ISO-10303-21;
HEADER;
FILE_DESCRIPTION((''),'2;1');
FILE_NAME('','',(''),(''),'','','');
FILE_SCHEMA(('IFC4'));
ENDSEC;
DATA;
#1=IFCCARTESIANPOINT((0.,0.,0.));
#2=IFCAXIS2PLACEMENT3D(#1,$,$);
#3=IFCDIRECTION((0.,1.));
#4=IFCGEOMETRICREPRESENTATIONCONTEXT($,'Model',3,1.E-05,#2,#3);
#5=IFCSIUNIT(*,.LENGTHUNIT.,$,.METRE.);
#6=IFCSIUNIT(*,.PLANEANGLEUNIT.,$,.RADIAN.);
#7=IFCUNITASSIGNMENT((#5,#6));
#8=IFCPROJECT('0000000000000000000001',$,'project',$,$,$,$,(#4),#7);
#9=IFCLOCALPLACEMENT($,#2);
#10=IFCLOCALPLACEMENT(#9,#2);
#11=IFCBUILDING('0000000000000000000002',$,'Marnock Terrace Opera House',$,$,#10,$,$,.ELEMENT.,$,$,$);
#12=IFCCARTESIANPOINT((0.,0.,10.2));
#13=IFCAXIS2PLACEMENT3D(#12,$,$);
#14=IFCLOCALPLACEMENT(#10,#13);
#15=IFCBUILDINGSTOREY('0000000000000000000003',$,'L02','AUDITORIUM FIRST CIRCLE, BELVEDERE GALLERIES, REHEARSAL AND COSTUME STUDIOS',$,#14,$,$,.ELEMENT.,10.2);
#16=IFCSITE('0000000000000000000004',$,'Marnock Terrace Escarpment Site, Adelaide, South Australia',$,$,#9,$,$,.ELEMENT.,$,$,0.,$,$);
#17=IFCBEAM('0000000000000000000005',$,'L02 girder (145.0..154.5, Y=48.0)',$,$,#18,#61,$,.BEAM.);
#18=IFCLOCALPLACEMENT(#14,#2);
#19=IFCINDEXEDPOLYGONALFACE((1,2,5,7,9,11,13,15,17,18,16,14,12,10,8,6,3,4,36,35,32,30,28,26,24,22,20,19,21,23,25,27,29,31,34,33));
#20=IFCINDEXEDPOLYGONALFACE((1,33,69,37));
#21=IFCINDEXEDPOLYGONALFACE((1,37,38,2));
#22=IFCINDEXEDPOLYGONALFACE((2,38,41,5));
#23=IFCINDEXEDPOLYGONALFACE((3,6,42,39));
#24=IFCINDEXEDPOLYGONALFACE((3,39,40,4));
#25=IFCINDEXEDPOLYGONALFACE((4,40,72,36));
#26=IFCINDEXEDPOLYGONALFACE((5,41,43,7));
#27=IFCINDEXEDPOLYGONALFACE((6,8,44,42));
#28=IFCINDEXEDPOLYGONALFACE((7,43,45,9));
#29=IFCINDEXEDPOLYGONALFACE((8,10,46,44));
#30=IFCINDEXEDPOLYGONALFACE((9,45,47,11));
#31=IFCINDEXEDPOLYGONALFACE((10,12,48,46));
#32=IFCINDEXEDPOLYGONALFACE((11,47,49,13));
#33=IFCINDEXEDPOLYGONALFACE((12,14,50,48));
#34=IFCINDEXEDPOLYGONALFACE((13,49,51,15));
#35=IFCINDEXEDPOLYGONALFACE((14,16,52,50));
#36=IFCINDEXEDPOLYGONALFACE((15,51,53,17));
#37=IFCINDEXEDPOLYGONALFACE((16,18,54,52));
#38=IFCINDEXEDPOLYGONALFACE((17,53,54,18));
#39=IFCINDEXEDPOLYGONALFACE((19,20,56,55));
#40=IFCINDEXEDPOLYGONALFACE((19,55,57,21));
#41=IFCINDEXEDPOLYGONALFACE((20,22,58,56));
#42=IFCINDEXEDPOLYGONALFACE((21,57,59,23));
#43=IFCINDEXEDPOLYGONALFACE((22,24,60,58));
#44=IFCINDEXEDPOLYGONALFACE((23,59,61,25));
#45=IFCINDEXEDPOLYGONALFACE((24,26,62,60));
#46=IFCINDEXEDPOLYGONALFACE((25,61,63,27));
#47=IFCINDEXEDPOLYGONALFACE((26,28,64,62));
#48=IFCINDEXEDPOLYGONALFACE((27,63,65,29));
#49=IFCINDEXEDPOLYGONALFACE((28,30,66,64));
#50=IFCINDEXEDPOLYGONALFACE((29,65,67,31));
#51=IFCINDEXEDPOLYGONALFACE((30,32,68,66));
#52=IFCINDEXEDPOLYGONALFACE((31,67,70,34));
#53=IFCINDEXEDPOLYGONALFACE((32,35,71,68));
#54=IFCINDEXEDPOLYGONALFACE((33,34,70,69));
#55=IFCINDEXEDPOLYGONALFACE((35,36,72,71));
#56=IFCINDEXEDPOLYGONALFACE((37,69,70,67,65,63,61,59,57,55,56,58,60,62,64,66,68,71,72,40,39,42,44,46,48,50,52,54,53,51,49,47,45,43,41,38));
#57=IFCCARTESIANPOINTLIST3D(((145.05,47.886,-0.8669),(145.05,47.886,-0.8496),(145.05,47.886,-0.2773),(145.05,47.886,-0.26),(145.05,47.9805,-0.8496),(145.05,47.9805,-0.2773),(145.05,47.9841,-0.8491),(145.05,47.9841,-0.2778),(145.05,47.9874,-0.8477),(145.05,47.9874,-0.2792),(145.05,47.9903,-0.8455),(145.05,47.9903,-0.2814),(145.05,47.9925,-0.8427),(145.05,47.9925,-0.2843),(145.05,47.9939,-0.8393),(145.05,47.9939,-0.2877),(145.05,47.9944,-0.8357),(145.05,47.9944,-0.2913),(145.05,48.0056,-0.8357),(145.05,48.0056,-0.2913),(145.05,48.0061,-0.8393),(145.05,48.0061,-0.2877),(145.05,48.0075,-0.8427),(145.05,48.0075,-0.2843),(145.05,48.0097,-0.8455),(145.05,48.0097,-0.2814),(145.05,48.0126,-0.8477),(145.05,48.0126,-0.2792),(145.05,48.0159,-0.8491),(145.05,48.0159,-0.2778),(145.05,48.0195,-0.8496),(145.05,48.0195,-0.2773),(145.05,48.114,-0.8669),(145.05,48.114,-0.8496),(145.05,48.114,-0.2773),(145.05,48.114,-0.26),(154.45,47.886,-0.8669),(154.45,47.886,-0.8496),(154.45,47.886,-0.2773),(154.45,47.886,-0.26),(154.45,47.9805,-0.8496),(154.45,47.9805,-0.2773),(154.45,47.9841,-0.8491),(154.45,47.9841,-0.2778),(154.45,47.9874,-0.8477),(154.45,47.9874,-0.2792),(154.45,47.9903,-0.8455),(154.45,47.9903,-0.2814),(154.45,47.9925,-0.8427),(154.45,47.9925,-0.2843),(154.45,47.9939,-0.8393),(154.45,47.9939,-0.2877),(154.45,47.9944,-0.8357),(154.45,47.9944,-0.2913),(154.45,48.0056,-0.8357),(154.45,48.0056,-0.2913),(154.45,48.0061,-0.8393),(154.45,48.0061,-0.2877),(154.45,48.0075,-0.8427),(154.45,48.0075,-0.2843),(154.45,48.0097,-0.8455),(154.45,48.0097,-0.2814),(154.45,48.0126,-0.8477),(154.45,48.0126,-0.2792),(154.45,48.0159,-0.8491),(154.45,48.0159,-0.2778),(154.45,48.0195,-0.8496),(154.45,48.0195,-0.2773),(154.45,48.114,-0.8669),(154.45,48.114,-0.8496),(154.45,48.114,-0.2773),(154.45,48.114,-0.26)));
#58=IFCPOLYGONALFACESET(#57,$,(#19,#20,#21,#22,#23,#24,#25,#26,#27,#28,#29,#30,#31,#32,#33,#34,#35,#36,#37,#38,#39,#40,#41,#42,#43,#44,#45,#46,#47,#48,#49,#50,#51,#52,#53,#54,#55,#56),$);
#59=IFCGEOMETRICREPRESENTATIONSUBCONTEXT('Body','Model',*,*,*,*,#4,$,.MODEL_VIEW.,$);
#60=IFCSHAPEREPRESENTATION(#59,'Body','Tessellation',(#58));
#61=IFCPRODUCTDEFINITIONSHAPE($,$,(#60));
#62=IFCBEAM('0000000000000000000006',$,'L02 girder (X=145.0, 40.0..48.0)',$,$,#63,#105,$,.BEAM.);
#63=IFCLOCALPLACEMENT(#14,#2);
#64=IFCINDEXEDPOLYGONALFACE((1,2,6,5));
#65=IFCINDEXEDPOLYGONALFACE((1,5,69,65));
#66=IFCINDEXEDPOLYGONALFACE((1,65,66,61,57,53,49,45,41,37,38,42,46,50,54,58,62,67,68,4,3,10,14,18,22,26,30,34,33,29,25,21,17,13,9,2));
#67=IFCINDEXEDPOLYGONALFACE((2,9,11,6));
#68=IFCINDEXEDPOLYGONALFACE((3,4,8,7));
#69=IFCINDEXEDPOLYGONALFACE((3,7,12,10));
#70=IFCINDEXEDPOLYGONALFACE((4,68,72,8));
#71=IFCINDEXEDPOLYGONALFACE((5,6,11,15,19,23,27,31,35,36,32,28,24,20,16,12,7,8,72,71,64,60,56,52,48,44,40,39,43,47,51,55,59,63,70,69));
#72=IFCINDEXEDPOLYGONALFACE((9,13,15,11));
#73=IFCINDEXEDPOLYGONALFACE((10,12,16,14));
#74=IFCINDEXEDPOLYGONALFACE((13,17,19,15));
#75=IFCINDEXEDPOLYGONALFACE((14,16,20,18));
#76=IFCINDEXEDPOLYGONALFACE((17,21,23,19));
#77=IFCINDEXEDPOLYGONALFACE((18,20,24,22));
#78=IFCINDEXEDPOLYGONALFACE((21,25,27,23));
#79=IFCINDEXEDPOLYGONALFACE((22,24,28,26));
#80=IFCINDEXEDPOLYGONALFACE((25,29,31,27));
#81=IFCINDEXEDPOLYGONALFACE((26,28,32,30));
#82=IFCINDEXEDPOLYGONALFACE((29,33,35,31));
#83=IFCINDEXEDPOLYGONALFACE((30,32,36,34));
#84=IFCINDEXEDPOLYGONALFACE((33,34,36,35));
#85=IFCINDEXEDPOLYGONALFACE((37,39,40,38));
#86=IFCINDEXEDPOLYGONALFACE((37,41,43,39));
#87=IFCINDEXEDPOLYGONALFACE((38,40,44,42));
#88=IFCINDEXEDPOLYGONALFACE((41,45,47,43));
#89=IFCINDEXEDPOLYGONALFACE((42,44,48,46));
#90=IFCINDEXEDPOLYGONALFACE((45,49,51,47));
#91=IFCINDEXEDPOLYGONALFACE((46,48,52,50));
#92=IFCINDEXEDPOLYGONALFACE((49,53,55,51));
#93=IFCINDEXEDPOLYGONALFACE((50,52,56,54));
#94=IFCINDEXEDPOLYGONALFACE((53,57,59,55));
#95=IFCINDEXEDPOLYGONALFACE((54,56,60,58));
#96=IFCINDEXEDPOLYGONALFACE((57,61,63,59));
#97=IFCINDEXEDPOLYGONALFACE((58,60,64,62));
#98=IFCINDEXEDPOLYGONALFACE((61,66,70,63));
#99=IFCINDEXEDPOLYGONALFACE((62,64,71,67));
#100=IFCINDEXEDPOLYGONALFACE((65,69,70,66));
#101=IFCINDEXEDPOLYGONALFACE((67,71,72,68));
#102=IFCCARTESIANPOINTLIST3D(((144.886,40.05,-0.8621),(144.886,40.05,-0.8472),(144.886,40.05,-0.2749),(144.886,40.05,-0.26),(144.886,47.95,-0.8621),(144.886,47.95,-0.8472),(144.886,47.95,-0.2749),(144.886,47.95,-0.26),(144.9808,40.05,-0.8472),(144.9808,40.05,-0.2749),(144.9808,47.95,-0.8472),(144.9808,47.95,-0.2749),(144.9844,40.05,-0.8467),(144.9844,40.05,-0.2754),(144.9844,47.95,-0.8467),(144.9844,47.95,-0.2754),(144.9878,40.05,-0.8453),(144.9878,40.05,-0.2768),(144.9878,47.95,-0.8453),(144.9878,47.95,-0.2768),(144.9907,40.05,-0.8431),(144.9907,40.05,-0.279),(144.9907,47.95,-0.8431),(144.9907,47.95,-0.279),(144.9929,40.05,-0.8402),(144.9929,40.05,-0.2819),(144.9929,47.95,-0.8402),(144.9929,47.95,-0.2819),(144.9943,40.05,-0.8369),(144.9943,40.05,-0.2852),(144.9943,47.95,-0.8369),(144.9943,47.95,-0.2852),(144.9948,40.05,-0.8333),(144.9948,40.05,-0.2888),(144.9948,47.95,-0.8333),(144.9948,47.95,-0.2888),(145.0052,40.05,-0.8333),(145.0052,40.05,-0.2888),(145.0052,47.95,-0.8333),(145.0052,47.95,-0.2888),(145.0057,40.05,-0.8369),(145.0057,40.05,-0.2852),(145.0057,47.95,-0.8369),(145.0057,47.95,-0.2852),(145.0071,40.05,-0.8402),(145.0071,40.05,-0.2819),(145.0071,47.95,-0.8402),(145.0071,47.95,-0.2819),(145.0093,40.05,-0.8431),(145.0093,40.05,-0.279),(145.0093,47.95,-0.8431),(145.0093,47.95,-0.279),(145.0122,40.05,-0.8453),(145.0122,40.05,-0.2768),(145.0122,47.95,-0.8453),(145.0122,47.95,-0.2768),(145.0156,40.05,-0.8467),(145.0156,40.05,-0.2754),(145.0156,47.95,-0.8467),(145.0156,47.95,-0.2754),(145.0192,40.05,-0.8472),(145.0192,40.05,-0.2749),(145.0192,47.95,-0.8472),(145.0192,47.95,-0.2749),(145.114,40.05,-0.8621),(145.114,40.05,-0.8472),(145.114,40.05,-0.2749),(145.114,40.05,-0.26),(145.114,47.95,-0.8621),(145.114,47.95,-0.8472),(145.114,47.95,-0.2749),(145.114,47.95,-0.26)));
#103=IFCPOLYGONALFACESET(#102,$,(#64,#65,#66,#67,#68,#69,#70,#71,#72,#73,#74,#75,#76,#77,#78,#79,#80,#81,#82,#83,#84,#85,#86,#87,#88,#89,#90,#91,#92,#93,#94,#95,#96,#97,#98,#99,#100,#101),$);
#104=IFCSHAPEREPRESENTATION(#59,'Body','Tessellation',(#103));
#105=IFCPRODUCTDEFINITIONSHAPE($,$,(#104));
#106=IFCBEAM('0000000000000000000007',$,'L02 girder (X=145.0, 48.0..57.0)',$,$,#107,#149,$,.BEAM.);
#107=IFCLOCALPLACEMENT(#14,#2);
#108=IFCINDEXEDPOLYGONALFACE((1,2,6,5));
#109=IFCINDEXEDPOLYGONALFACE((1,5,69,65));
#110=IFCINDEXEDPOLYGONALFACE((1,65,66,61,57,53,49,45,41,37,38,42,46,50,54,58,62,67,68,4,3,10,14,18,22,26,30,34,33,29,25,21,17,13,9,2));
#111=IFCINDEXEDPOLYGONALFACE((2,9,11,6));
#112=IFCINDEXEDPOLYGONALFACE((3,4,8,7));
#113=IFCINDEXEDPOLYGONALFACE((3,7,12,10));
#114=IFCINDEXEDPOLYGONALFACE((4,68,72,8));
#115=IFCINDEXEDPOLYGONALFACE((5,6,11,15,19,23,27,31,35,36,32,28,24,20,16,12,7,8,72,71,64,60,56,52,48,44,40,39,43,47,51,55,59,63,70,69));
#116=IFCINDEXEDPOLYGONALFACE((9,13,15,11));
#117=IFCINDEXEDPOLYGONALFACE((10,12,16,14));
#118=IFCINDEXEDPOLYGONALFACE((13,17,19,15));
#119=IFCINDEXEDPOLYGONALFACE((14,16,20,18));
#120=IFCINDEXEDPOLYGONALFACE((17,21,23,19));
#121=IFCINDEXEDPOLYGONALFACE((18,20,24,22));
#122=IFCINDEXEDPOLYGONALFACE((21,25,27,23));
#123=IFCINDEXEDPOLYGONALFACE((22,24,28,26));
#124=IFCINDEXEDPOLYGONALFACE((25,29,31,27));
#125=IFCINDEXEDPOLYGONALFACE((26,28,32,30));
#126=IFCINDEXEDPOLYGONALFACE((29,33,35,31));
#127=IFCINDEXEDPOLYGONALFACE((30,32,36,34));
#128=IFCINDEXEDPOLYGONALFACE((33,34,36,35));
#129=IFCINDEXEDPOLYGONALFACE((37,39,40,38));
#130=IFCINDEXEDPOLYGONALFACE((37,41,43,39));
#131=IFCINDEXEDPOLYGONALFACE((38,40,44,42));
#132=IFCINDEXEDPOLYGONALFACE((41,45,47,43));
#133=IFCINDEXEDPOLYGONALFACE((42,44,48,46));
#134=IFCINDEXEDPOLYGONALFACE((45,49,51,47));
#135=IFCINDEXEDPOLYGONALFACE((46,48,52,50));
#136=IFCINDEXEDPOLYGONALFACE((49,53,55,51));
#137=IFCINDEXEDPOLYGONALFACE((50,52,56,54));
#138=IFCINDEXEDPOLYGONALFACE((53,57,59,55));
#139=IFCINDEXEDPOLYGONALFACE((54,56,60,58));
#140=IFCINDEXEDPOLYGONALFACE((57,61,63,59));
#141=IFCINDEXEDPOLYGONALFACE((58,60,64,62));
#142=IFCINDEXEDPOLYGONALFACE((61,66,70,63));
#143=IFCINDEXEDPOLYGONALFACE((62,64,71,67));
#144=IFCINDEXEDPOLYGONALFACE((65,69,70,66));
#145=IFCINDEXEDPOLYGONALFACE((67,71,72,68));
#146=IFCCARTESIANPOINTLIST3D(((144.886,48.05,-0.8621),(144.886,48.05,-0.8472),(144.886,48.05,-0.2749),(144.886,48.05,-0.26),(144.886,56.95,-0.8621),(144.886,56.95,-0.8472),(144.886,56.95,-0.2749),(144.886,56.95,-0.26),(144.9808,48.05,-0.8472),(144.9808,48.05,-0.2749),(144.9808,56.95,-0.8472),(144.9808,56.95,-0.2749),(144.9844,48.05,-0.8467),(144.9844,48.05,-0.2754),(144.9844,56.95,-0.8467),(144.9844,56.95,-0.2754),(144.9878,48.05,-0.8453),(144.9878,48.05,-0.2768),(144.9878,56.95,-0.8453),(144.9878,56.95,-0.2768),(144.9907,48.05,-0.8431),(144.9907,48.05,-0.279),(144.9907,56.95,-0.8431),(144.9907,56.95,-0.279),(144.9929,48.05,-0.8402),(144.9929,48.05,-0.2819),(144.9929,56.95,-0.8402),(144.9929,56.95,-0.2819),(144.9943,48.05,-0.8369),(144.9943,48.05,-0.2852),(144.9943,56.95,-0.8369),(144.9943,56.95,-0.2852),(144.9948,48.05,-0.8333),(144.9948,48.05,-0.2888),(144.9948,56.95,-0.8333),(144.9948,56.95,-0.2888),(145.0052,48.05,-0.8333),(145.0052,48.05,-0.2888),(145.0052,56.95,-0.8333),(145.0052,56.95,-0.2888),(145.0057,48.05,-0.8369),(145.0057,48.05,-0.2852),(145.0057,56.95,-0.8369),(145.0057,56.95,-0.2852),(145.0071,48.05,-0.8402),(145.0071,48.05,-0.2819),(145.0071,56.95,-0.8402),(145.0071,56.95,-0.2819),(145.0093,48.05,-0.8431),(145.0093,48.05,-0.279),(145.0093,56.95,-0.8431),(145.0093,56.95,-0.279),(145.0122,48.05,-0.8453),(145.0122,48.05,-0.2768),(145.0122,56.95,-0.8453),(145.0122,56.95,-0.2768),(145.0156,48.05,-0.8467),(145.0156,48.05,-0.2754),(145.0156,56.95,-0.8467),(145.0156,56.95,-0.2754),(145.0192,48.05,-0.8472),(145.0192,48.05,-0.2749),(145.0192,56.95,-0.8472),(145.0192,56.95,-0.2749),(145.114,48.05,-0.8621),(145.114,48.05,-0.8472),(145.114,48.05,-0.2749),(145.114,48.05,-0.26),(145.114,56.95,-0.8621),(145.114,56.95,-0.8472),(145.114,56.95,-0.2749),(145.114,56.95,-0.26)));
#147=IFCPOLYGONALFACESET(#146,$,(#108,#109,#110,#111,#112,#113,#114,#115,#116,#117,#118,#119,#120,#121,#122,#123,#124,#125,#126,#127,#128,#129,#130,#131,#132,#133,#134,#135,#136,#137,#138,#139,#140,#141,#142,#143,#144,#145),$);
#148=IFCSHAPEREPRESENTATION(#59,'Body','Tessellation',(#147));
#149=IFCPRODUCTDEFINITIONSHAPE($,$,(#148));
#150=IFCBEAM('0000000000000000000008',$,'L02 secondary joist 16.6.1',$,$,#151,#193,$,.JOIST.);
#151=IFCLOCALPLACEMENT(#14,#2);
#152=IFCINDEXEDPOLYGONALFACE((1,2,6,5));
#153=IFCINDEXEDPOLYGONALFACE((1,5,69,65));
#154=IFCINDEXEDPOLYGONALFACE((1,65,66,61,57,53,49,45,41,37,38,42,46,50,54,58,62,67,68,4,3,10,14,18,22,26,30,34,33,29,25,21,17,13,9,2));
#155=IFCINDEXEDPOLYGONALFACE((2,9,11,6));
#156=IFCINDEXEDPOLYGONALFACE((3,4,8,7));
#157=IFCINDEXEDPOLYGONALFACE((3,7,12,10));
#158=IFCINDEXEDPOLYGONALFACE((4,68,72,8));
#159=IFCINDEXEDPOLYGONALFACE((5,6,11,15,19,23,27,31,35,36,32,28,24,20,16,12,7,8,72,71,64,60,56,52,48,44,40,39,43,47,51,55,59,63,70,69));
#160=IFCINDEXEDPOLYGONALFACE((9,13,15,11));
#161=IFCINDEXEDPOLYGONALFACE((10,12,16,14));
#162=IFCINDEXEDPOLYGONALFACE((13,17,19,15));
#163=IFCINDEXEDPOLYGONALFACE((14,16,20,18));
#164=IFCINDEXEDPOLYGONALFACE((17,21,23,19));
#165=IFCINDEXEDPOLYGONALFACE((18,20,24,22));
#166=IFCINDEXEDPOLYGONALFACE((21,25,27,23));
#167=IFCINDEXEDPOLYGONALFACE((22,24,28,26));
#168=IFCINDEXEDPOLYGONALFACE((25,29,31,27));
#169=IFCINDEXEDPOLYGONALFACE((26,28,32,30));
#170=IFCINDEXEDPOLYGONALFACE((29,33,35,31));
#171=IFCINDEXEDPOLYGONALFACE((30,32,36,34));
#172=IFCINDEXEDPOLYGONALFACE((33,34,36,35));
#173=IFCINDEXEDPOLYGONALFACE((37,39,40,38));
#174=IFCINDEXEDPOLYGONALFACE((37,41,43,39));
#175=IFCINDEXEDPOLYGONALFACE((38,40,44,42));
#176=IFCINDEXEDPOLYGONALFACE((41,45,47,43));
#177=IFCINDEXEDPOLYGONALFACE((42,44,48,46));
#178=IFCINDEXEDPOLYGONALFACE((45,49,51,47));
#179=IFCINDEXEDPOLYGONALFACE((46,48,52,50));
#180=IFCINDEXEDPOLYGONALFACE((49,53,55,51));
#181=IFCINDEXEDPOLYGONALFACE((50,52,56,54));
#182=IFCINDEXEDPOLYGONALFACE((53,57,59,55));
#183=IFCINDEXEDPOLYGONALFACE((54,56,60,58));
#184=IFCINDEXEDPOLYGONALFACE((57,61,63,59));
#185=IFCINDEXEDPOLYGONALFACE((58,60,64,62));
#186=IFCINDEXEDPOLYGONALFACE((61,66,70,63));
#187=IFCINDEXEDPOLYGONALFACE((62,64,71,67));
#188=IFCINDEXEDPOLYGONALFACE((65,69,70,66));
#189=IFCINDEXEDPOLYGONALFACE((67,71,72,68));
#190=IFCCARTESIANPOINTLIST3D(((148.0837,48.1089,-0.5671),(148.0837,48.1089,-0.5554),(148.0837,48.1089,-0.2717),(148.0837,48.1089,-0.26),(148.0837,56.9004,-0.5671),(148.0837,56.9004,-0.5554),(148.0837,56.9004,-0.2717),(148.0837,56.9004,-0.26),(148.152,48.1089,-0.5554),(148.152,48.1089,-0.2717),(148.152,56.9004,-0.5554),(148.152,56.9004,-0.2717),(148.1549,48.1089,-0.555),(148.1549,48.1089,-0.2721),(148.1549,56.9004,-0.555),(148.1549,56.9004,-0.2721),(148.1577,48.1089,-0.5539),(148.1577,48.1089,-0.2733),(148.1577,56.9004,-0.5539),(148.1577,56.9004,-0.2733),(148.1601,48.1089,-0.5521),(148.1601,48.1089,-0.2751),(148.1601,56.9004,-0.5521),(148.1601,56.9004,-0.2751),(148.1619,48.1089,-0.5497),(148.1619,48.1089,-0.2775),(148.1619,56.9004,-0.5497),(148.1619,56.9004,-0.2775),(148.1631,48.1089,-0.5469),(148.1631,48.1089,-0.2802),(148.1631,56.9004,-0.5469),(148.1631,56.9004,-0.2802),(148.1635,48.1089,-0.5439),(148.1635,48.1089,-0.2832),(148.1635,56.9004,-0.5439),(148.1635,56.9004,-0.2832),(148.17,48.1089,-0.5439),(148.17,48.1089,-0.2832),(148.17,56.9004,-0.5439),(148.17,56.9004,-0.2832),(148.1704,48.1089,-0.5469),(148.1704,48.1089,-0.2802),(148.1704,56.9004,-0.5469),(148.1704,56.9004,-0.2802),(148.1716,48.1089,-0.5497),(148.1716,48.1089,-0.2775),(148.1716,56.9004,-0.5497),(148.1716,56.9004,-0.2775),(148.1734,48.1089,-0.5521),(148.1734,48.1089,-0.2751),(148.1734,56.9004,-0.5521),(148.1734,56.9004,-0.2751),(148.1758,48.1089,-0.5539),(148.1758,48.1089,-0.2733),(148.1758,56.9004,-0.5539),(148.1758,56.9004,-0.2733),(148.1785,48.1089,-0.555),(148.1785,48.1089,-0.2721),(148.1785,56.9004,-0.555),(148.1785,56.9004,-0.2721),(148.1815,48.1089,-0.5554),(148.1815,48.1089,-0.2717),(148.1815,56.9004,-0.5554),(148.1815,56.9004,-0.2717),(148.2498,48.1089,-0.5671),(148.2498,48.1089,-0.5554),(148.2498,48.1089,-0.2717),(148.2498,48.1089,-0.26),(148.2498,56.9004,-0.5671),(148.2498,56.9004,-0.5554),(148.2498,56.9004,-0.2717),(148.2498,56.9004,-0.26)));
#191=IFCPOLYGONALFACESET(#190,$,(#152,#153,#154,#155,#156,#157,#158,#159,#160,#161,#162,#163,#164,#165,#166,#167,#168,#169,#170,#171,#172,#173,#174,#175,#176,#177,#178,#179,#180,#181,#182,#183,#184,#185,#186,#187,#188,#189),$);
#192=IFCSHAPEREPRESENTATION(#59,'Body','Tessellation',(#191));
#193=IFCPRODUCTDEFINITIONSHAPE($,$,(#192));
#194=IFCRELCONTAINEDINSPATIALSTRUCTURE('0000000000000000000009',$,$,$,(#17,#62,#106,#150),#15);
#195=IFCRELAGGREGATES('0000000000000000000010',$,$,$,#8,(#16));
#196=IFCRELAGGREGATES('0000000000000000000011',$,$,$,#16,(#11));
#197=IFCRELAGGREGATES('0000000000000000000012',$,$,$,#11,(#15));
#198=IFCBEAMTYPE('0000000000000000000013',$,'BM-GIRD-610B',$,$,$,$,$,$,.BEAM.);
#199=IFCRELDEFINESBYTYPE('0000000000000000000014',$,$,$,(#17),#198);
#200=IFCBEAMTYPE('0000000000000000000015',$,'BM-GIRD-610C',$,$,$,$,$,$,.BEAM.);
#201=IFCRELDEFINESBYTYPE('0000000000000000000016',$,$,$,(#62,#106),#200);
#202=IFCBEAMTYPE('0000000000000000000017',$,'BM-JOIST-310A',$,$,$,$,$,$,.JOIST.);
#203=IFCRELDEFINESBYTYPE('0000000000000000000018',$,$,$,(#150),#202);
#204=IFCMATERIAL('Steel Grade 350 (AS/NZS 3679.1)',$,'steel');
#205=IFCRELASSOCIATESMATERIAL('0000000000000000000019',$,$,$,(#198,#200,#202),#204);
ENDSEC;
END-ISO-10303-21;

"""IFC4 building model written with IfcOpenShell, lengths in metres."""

from ifc_helpers import new_model, si_unit, direction, frame, origin, origin_2d, place, context, subcontext, project, spatial, i_section, extrude, material, material_profile, profile_set, type_object, element, save


model = new_model("IFC4")

# Units and contexts
model_context = context("Model", 3, precision=1e-05, world=origin(), true_north=direction((0.0, 1.0)))
body_context = subcontext(model_context, "Body", "Model", "MODEL_VIEW")
ifc_project = project(units=[si_unit("LENGTHUNIT", "METRE"), si_unit("PLANEANGLEUNIT", "RADIAN")], contexts=[model_context])

# Site, building, storey
site_placement = place(None, origin())
site = spatial("IfcSite", under=ifc_project, at=site_placement, Name="Marnock Terrace Escarpment Site, Adelaide, South Australia", CompositionType="ELEMENT", RefElevation=0.0)
building_placement = place(site_placement, origin())
building = spatial("IfcBuilding", under=site, at=building_placement, Name="Marnock Terrace Opera House", CompositionType="ELEMENT")
storey_placement = place(building_placement, frame((0.0, 0.0, 10.2)))
storey = spatial("IfcBuildingStorey", under=building, at=storey_placement, Name="L02", Description="AUDITORIUM FIRST CIRCLE, BELVEDERE GALLERIES, REHEARSAL AND COSTUME STUDIOS", CompositionType="ELEMENT", Elevation=10.2)

# Beams
ifc_material_1 = material(Name="Steel Grade 350 (AS/NZS 3679.1)", Category="steel")
ifc_material_profile_1 = material_profile(ifc_material_1, i_section(OverallWidth=0.228, OverallDepth=0.6069, WebThickness=0.0112, FlangeThickness=0.0173, FilletRadius=0.0139, at=origin_2d()))
ifc_profile_set_1 = profile_set([ifc_material_profile_1], Name="Steel Grade 350 (AS/NZS 3679.1)")
beam_type_1 = type_object("IfcBeamType", Name="BM-GIRD-610B", PredefinedType="BEAM", material=ifc_profile_set_1)
beam_1_placement = place(storey_placement, frame((145.05, 48.0, -0.5635), z_axis=(1.0, 0.0, 0.0), x_axis=(0.0, 1.0, 0.0)))
element("IfcBeam", 1, at=beam_1_placement, inside=storey, type_object=beam_type_1, Name="L02 girder (145.0..154.5, Y=48.0)", PredefinedType="BEAM", context=body_context, shape_type="SweptSolid", body=[
    extrude(i_section(OverallWidth=0.228, OverallDepth=0.6069, WebThickness=0.0112, FlangeThickness=0.0173, FilletRadius=0.0139, at=origin_2d()), origin(), (0.0, 0.0, 1.0), 9.3999),
])
ifc_material_profile_2 = material_profile(ifc_material_1, i_section(OverallWidth=0.228, OverallDepth=0.6021, WebThickness=0.0105, FlangeThickness=0.0149, FilletRadius=0.0139, at=origin_2d()))
ifc_profile_set_2 = profile_set([ifc_material_profile_2], Name="Steel Grade 350 (AS/NZS 3679.1)")
beam_type_2 = type_object("IfcBeamType", Name="BM-GIRD-610C", PredefinedType="BEAM", material=ifc_profile_set_2)
beam_2_placement = place(storey_placement, frame((145.0, 40.05, -0.561), z_axis=(0.0, 1.0, 0.0), x_axis=(-1.0, 0.0, 0.0)))
element("IfcBeam", 2, at=beam_2_placement, inside=storey, type_object=beam_type_2, Name="L02 girder (X=145.0, 40.0..48.0)", PredefinedType="BEAM", context=body_context, shape_type="SweptSolid", body=[
    extrude(i_section(OverallWidth=0.228, OverallDepth=0.6021, WebThickness=0.0105, FlangeThickness=0.0149, FilletRadius=0.0139, at=origin_2d()), origin(), (0.0, 0.0, 1.0), 7.8999),
])
beam_3_placement = place(storey_placement, frame((145.0, 48.05, -0.561), z_axis=(0.0, 1.0, 0.0), x_axis=(-1.0, 0.0, 0.0)))
element("IfcBeam", 3, at=beam_3_placement, inside=storey, type_object=beam_type_2, Name="L02 girder (X=145.0, 48.0..57.0)", PredefinedType="BEAM", context=body_context, shape_type="SweptSolid", body=[
    extrude(i_section(OverallWidth=0.228, OverallDepth=0.6021, WebThickness=0.0105, FlangeThickness=0.0149, FilletRadius=0.0139, at=origin_2d()), origin(), (0.0, 0.0, 1.0), 8.8999),
])
ifc_material_profile_3 = material_profile(ifc_material_1, i_section(OverallWidth=0.166, OverallDepth=0.3071, WebThickness=0.0066, FlangeThickness=0.0117, FilletRadius=0.0115, at=origin_2d()))
ifc_profile_set_3 = profile_set([ifc_material_profile_3], Name="Steel Grade 350 (AS/NZS 3679.1)")
beam_type_3 = type_object("IfcBeamType", Name="BM-JOIST-310A", PredefinedType="JOIST", material=ifc_profile_set_3)
for number, where, z_axis, x_axis, name in (
    (4, (148.1667, 48.1089, -0.4136), (0.0, 1.0, 0.0), (-1.0, 0.0, 0.0), "L02 secondary joist 16.6.1"),
):
    element("IfcBeam", number, at=place(storey_placement, frame(where, z_axis=z_axis, x_axis=x_axis)), inside=storey, type_object=beam_type_3, Name=name, PredefinedType="JOIST", context=body_context, shape_type="SweptSolid", body=[
        extrude(i_section(OverallWidth=0.166, OverallDepth=0.3071, WebThickness=0.0066, FlangeThickness=0.0117, FilletRadius=0.0115, at=origin_2d()), origin(), (0.0, 0.0, 1.0), 8.7915),
    ])

save(model, "model.ifc")
